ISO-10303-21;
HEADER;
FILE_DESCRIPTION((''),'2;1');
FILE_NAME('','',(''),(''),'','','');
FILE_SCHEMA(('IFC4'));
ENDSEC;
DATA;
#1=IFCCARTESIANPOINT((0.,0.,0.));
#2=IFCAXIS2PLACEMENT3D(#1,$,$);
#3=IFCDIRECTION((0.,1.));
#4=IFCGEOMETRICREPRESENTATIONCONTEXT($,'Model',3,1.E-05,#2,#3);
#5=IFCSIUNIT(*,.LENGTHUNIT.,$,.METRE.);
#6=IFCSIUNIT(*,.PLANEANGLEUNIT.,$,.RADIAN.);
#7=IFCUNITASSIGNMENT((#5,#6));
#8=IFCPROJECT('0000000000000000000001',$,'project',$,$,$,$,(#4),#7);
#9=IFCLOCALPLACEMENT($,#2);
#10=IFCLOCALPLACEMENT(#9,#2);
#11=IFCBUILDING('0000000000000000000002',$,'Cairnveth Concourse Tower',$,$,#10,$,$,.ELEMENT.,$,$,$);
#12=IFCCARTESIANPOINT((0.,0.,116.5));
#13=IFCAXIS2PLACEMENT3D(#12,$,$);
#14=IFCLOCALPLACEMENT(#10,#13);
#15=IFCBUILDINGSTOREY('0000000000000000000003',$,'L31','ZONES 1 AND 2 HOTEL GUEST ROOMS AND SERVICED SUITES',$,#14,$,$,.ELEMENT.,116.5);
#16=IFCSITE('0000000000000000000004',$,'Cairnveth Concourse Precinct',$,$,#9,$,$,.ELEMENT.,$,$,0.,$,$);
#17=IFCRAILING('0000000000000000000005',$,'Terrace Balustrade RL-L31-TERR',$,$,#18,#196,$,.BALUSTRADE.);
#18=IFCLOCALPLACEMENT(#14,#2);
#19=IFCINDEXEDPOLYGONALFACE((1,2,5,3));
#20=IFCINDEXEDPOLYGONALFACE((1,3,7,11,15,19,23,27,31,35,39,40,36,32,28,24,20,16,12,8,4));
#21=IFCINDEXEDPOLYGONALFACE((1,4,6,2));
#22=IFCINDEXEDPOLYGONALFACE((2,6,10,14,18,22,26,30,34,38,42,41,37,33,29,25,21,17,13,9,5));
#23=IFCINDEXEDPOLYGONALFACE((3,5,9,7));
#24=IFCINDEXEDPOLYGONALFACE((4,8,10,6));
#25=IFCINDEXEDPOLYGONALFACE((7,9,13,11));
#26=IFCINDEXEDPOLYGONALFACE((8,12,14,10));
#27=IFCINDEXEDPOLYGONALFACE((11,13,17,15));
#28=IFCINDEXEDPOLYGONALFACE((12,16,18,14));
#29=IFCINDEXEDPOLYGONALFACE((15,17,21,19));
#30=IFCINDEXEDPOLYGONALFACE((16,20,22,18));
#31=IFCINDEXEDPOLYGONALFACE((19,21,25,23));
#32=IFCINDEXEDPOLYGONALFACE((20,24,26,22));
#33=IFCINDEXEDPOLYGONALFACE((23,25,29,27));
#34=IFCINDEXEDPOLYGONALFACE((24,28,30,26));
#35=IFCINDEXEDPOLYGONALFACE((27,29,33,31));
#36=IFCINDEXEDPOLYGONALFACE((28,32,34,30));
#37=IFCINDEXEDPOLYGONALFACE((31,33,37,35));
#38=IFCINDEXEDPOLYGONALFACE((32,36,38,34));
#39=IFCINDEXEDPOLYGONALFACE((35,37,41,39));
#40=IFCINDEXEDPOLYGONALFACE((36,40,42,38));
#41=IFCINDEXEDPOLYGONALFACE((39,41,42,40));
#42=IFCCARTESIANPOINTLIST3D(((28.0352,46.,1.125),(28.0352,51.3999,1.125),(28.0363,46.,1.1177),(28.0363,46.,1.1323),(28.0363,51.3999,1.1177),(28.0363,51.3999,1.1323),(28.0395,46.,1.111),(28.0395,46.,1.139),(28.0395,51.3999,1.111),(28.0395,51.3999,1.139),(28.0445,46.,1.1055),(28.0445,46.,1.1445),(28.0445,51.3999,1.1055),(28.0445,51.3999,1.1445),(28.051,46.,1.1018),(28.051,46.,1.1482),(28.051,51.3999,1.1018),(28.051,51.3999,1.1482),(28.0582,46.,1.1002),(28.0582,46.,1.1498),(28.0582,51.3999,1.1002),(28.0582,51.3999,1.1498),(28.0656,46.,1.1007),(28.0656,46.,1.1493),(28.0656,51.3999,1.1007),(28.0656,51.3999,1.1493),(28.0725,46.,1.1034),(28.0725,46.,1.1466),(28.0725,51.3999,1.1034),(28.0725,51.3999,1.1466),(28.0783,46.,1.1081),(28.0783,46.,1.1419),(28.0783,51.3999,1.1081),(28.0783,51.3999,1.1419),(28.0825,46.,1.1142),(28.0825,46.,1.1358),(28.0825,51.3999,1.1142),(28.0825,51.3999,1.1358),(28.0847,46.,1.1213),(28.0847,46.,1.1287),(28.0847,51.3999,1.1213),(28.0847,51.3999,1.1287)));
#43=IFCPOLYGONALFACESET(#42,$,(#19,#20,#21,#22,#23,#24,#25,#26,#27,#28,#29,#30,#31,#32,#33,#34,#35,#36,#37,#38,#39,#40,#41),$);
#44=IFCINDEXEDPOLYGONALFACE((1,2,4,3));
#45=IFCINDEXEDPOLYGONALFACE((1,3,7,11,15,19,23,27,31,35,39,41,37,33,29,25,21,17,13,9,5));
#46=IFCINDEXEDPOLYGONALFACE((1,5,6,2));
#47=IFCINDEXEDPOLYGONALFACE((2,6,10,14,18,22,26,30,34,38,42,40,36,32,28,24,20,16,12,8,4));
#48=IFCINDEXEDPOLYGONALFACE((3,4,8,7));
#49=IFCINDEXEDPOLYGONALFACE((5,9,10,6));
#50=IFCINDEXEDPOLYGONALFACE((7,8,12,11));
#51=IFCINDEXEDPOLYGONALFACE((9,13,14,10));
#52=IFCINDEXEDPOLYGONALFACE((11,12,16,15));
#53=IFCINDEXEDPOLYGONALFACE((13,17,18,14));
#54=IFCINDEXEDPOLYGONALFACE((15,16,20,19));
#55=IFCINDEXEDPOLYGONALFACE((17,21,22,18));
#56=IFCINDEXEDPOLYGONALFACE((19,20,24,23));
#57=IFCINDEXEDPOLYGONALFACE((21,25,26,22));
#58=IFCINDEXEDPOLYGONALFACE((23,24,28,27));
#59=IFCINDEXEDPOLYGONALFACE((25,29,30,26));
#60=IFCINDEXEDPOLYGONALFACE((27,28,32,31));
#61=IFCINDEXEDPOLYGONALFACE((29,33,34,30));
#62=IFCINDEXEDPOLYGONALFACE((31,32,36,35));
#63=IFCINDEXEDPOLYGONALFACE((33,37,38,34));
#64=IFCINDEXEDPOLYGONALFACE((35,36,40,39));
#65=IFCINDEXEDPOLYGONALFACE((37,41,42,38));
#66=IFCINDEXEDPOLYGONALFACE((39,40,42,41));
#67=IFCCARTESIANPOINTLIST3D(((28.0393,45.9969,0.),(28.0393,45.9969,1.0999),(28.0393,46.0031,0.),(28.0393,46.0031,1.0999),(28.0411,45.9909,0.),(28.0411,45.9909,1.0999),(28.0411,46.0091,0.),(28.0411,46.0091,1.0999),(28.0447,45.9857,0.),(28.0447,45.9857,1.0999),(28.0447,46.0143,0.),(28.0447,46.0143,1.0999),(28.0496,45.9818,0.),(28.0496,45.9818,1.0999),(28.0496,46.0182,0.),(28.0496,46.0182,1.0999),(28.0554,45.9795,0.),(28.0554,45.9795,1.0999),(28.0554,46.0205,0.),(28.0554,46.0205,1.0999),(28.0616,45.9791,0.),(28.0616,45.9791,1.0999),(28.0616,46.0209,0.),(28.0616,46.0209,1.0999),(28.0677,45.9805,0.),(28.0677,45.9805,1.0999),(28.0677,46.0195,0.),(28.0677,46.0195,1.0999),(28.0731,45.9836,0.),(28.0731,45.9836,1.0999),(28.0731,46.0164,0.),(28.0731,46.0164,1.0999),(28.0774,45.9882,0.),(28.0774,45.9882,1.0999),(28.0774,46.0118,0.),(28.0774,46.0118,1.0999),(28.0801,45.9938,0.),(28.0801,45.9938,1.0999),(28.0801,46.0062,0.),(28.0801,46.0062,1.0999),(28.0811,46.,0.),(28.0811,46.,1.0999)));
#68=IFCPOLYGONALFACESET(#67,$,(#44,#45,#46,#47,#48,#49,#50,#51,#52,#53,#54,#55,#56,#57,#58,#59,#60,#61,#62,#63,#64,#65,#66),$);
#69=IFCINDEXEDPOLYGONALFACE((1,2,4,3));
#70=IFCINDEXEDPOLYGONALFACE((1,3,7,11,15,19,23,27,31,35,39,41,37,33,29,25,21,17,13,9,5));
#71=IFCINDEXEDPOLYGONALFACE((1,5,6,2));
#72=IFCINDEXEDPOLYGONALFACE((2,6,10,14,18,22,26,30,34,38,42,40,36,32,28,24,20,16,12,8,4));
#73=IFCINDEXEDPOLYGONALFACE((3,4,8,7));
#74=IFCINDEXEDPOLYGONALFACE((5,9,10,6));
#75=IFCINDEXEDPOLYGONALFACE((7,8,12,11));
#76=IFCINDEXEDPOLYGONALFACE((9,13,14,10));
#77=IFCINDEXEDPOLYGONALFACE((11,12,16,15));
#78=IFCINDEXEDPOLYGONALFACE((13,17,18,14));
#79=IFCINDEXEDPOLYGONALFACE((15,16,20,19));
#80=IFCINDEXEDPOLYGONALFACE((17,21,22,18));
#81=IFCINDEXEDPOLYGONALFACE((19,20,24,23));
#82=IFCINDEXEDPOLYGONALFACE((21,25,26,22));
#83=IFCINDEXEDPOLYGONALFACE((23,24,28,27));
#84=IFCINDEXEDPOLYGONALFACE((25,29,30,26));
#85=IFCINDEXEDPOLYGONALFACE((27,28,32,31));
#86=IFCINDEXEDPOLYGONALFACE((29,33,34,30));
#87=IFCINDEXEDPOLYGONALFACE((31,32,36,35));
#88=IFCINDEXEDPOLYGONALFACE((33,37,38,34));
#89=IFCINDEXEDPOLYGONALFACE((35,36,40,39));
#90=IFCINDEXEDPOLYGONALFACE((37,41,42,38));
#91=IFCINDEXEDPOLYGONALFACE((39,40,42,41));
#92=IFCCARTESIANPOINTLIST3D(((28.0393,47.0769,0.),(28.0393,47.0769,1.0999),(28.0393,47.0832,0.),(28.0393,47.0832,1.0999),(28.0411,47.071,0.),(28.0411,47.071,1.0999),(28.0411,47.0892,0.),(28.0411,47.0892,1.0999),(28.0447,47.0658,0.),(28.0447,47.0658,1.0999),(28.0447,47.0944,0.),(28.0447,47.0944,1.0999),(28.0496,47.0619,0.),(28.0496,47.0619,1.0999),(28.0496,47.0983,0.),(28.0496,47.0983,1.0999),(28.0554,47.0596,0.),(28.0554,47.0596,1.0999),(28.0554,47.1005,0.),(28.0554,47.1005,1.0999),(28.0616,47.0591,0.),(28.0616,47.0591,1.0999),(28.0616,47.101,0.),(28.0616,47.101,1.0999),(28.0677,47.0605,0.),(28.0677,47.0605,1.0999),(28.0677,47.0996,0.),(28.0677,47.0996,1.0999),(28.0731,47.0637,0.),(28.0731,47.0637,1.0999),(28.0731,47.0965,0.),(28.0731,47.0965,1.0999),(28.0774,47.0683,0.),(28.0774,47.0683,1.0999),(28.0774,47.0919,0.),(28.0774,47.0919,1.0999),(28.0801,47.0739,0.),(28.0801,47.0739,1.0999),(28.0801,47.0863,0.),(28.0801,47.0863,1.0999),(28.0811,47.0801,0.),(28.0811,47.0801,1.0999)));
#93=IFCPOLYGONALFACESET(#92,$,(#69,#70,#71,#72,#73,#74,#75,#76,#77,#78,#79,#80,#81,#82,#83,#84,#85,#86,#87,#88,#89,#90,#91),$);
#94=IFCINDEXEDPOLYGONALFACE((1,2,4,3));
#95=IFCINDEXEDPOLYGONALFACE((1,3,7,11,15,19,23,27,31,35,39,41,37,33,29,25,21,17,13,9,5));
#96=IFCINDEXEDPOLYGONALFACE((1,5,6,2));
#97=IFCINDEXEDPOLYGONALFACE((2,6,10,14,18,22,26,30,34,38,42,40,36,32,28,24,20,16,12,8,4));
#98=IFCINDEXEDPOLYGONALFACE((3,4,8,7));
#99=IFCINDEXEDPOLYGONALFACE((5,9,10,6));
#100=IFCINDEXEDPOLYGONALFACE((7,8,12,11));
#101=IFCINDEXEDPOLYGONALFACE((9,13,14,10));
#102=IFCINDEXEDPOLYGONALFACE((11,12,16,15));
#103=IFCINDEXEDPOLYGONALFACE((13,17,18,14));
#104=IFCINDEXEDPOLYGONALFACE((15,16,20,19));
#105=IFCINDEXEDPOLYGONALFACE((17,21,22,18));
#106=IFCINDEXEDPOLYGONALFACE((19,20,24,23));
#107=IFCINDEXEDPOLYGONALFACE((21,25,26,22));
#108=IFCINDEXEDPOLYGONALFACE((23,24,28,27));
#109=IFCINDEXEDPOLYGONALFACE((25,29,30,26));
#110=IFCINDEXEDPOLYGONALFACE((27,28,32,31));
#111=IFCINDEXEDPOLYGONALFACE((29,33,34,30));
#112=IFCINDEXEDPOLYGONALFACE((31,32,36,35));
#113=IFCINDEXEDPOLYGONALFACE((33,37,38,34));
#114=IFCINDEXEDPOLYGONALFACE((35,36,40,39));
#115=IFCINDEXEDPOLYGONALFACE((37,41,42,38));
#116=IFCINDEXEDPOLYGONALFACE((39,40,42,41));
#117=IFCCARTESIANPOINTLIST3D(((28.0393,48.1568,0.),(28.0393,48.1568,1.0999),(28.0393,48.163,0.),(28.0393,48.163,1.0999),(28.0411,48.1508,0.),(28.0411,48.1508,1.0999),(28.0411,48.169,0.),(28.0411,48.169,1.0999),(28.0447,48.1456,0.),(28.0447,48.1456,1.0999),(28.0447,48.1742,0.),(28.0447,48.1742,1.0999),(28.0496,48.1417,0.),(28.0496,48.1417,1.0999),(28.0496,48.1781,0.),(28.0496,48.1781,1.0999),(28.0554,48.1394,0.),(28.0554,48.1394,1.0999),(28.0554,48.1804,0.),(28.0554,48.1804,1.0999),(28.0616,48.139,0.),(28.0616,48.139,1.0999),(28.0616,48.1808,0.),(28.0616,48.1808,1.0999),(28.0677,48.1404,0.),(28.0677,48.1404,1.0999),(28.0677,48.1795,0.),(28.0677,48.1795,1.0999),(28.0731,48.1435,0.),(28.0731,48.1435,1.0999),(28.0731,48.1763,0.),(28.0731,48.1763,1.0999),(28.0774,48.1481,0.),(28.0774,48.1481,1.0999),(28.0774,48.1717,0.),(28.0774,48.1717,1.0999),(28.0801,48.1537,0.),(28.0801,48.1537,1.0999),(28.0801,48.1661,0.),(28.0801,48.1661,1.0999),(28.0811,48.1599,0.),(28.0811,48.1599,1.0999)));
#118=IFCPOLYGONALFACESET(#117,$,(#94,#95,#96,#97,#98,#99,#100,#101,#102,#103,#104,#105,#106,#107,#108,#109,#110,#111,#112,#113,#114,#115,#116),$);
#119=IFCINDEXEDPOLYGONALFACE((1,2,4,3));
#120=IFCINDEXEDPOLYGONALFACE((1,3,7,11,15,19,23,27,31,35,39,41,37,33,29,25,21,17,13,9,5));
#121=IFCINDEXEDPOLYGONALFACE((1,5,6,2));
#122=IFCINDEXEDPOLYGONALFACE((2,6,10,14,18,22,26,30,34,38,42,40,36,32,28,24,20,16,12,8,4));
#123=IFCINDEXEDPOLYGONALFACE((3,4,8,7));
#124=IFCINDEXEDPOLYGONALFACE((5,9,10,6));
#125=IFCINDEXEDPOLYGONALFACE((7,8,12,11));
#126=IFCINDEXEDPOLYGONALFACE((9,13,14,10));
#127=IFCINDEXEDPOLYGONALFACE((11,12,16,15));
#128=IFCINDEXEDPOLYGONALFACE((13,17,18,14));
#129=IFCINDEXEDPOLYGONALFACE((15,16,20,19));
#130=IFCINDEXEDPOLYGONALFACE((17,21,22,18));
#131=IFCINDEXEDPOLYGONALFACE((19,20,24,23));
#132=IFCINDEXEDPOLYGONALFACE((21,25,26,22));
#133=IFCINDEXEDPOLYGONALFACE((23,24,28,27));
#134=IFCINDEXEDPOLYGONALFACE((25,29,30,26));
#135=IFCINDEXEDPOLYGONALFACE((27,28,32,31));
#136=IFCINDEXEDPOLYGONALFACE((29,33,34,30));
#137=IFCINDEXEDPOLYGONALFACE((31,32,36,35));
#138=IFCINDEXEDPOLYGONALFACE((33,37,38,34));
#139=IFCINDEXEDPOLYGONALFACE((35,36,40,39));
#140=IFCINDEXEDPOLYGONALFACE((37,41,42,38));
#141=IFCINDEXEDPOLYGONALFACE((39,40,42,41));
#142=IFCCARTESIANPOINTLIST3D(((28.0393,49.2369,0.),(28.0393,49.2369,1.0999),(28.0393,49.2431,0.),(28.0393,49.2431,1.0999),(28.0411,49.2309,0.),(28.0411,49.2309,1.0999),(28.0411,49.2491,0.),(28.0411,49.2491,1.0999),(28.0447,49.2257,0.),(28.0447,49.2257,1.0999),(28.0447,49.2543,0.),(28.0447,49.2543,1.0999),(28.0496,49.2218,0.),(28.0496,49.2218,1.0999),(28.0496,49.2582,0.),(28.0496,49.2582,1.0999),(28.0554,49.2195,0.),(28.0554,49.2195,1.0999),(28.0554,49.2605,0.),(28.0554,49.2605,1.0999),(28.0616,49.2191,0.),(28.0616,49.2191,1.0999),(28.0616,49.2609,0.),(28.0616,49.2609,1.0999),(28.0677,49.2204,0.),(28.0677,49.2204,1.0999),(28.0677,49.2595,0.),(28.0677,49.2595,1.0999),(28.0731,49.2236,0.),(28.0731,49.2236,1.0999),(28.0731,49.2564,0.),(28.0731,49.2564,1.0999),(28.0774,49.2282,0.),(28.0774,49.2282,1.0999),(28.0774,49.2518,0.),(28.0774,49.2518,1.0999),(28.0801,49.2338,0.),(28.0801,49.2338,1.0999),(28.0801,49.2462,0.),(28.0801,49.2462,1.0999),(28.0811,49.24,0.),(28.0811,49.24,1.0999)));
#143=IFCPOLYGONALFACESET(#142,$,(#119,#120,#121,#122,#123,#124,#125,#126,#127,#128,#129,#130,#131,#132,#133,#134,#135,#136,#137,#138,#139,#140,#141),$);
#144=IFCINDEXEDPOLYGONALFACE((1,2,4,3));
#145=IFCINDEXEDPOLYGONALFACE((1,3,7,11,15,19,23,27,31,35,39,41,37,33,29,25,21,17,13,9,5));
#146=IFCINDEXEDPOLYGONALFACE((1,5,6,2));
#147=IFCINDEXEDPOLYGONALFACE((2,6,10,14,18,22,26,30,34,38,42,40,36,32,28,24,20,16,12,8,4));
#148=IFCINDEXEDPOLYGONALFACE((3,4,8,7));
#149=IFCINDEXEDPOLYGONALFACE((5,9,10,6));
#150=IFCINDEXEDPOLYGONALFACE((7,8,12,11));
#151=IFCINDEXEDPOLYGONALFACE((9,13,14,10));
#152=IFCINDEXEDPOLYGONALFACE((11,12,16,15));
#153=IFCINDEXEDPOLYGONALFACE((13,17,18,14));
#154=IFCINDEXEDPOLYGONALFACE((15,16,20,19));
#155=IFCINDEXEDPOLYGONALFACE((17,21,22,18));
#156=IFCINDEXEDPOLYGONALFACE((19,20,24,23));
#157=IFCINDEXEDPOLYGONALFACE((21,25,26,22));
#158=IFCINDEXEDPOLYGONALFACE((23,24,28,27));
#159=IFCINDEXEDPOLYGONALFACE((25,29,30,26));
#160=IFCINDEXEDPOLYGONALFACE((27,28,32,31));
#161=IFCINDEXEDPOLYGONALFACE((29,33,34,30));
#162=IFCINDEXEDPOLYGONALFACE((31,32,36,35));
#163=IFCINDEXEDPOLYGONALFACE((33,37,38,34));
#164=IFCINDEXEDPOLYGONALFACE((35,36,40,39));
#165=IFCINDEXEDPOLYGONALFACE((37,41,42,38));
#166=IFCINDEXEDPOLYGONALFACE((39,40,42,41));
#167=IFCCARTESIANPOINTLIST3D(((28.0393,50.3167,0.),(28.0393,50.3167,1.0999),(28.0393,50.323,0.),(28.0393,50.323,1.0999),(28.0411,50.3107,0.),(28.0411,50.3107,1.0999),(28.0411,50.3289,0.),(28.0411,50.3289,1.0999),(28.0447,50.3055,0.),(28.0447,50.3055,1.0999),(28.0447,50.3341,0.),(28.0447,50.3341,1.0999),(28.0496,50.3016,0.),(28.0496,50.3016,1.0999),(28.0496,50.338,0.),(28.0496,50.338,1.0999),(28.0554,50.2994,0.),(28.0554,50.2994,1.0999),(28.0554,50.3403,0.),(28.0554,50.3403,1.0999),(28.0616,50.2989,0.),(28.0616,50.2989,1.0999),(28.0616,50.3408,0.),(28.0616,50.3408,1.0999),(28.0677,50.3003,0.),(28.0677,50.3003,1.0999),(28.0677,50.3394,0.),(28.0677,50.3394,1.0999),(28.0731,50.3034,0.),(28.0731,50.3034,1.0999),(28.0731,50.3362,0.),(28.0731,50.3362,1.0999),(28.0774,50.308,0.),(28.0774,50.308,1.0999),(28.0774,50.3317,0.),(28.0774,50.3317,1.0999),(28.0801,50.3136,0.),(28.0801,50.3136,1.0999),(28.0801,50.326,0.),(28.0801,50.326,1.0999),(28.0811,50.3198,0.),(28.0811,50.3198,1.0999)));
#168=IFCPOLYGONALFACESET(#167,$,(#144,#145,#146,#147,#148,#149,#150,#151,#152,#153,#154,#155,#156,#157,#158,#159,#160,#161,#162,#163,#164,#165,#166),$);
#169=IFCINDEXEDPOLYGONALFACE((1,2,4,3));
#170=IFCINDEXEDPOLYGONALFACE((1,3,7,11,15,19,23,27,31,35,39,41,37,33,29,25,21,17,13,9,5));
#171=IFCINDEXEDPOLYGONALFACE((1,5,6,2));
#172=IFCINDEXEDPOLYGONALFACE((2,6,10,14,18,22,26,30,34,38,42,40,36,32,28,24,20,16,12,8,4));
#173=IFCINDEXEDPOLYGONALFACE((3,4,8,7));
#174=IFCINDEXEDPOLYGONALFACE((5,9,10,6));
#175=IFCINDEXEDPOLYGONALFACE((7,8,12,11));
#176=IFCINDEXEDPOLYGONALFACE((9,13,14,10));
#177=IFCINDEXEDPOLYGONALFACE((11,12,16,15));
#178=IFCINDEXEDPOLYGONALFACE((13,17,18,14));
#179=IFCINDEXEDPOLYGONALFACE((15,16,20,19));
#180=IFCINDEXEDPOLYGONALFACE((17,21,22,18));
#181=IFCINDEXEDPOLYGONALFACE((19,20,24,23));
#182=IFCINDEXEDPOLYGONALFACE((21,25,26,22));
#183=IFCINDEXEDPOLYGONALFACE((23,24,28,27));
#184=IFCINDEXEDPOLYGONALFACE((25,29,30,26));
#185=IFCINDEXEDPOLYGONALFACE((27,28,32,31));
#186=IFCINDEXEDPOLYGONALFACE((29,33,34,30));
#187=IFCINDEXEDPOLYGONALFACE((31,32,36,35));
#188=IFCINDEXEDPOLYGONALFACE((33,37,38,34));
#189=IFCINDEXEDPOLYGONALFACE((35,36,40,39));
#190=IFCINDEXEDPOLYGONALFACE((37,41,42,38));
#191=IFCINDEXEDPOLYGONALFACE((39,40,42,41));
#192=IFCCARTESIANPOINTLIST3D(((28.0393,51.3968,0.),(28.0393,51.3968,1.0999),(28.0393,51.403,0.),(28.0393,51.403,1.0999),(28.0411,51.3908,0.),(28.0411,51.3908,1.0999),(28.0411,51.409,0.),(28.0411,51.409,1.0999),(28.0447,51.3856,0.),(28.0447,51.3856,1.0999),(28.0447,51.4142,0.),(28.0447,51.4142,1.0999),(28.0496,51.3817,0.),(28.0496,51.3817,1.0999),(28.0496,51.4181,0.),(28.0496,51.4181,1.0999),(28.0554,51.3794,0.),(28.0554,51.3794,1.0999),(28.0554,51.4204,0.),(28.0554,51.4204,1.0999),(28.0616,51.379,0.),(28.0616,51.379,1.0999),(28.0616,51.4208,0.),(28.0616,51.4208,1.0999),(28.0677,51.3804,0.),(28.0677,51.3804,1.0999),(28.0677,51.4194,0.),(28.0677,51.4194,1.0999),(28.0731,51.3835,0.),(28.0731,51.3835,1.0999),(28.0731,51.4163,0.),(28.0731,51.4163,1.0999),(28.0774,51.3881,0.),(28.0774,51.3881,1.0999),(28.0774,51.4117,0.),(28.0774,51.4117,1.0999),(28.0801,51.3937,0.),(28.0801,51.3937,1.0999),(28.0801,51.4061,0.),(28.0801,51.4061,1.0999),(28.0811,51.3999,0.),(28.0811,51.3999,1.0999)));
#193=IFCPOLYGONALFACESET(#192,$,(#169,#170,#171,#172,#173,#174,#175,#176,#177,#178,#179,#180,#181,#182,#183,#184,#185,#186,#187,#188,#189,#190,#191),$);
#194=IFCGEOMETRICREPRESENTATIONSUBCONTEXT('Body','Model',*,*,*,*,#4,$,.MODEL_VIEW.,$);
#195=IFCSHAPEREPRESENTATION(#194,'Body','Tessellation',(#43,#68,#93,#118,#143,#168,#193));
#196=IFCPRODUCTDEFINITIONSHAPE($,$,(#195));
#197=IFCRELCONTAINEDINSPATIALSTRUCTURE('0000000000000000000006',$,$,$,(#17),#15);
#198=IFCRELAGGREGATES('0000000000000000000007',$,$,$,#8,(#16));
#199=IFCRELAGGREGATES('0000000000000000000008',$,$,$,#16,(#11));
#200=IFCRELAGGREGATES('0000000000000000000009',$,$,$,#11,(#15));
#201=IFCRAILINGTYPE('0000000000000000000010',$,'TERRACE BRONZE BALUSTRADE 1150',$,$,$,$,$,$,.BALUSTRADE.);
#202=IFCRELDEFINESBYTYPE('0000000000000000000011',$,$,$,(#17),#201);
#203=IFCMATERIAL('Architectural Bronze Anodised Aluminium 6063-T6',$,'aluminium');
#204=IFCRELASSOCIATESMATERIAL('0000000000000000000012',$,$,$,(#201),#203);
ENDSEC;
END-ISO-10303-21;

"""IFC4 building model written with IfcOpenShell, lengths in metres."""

from ifc_helpers import new_model, si_unit, direction, frame, origin, origin_2d, place, context, subcontext, project, spatial, circle, extrude, material, type_object, element, save


model = new_model("IFC4")

# Units and contexts
model_context = context("Model", 3, precision=1e-05, world=origin(), true_north=direction((0.0, 1.0)))
body_context = subcontext(model_context, "Body", "Model", "MODEL_VIEW")
ifc_project = project(units=[si_unit("LENGTHUNIT", "METRE"), si_unit("PLANEANGLEUNIT", "RADIAN")], contexts=[model_context])

# Site, building, storey
site_placement = place(None, origin())
site = spatial("IfcSite", under=ifc_project, at=site_placement, Name="Cairnveth Concourse Precinct", CompositionType="ELEMENT", RefElevation=0.0)
building_placement = place(site_placement, origin())
building = spatial("IfcBuilding", under=site, at=building_placement, Name="Cairnveth Concourse Tower", CompositionType="ELEMENT")
storey_placement = place(building_placement, frame((0.0, 0.0, 116.5)))
storey = spatial("IfcBuildingStorey", under=building, at=storey_placement, Name="L31", Description="ZONES 1 AND 2 HOTEL GUEST ROOMS AND SERVICED SUITES", CompositionType="ELEMENT", Elevation=116.5)

# Shared definitions
ifc_material_1 = material(Name="Architectural Bronze Anodised Aluminium 6063-T6", Category="aluminium")

# Railing
railing_type = type_object("IfcRailingType", Name="TERRACE BRONZE BALUSTRADE 1150", PredefinedType="BALUSTRADE", material=ifc_material_1)
railing_placement = place(storey_placement, frame((28.0601, 46.0, 0.0)))
element("IfcRailing", 1, at=railing_placement, inside=storey, type_object=railing_type, Name="Terrace Balustrade RL-L31-TERR", PredefinedType="BALUSTRADE", context=body_context, shape_type="SweptSolid", body=[
    extrude(circle(Radius=0.0249, at=origin_2d()), frame((0.0, 0.0, 1.125), z_axis=(0.0, 1.0, 0.0), x_axis=(-1.0, 0.0, 0.0)), (0.0, 0.0, 1.0), 5.3999),
    extrude(circle(Radius=0.021, at=origin_2d()), origin(), (0.0, 0.0, 1.0), 1.0999),
    extrude(circle(Radius=0.021, at=origin_2d()), frame((0.0, 1.0801, 0.0)), (0.0, 0.0, 1.0), 1.0999),
    extrude(circle(Radius=0.021, at=origin_2d()), frame((0.0, 2.1599, 0.0)), (0.0, 0.0, 1.0), 1.0999),
    extrude(circle(Radius=0.021, at=origin_2d()), frame((0.0, 3.24, 0.0)), (0.0, 0.0, 1.0), 1.0999),
    extrude(circle(Radius=0.021, at=origin_2d()), frame((0.0, 4.3198, 0.0)), (0.0, 0.0, 1.0), 1.0999),
    extrude(circle(Radius=0.021, at=origin_2d()), frame((0.0, 5.3999, 0.0)), (0.0, 0.0, 1.0), 1.0999),
])

save(model, "model.ifc")
